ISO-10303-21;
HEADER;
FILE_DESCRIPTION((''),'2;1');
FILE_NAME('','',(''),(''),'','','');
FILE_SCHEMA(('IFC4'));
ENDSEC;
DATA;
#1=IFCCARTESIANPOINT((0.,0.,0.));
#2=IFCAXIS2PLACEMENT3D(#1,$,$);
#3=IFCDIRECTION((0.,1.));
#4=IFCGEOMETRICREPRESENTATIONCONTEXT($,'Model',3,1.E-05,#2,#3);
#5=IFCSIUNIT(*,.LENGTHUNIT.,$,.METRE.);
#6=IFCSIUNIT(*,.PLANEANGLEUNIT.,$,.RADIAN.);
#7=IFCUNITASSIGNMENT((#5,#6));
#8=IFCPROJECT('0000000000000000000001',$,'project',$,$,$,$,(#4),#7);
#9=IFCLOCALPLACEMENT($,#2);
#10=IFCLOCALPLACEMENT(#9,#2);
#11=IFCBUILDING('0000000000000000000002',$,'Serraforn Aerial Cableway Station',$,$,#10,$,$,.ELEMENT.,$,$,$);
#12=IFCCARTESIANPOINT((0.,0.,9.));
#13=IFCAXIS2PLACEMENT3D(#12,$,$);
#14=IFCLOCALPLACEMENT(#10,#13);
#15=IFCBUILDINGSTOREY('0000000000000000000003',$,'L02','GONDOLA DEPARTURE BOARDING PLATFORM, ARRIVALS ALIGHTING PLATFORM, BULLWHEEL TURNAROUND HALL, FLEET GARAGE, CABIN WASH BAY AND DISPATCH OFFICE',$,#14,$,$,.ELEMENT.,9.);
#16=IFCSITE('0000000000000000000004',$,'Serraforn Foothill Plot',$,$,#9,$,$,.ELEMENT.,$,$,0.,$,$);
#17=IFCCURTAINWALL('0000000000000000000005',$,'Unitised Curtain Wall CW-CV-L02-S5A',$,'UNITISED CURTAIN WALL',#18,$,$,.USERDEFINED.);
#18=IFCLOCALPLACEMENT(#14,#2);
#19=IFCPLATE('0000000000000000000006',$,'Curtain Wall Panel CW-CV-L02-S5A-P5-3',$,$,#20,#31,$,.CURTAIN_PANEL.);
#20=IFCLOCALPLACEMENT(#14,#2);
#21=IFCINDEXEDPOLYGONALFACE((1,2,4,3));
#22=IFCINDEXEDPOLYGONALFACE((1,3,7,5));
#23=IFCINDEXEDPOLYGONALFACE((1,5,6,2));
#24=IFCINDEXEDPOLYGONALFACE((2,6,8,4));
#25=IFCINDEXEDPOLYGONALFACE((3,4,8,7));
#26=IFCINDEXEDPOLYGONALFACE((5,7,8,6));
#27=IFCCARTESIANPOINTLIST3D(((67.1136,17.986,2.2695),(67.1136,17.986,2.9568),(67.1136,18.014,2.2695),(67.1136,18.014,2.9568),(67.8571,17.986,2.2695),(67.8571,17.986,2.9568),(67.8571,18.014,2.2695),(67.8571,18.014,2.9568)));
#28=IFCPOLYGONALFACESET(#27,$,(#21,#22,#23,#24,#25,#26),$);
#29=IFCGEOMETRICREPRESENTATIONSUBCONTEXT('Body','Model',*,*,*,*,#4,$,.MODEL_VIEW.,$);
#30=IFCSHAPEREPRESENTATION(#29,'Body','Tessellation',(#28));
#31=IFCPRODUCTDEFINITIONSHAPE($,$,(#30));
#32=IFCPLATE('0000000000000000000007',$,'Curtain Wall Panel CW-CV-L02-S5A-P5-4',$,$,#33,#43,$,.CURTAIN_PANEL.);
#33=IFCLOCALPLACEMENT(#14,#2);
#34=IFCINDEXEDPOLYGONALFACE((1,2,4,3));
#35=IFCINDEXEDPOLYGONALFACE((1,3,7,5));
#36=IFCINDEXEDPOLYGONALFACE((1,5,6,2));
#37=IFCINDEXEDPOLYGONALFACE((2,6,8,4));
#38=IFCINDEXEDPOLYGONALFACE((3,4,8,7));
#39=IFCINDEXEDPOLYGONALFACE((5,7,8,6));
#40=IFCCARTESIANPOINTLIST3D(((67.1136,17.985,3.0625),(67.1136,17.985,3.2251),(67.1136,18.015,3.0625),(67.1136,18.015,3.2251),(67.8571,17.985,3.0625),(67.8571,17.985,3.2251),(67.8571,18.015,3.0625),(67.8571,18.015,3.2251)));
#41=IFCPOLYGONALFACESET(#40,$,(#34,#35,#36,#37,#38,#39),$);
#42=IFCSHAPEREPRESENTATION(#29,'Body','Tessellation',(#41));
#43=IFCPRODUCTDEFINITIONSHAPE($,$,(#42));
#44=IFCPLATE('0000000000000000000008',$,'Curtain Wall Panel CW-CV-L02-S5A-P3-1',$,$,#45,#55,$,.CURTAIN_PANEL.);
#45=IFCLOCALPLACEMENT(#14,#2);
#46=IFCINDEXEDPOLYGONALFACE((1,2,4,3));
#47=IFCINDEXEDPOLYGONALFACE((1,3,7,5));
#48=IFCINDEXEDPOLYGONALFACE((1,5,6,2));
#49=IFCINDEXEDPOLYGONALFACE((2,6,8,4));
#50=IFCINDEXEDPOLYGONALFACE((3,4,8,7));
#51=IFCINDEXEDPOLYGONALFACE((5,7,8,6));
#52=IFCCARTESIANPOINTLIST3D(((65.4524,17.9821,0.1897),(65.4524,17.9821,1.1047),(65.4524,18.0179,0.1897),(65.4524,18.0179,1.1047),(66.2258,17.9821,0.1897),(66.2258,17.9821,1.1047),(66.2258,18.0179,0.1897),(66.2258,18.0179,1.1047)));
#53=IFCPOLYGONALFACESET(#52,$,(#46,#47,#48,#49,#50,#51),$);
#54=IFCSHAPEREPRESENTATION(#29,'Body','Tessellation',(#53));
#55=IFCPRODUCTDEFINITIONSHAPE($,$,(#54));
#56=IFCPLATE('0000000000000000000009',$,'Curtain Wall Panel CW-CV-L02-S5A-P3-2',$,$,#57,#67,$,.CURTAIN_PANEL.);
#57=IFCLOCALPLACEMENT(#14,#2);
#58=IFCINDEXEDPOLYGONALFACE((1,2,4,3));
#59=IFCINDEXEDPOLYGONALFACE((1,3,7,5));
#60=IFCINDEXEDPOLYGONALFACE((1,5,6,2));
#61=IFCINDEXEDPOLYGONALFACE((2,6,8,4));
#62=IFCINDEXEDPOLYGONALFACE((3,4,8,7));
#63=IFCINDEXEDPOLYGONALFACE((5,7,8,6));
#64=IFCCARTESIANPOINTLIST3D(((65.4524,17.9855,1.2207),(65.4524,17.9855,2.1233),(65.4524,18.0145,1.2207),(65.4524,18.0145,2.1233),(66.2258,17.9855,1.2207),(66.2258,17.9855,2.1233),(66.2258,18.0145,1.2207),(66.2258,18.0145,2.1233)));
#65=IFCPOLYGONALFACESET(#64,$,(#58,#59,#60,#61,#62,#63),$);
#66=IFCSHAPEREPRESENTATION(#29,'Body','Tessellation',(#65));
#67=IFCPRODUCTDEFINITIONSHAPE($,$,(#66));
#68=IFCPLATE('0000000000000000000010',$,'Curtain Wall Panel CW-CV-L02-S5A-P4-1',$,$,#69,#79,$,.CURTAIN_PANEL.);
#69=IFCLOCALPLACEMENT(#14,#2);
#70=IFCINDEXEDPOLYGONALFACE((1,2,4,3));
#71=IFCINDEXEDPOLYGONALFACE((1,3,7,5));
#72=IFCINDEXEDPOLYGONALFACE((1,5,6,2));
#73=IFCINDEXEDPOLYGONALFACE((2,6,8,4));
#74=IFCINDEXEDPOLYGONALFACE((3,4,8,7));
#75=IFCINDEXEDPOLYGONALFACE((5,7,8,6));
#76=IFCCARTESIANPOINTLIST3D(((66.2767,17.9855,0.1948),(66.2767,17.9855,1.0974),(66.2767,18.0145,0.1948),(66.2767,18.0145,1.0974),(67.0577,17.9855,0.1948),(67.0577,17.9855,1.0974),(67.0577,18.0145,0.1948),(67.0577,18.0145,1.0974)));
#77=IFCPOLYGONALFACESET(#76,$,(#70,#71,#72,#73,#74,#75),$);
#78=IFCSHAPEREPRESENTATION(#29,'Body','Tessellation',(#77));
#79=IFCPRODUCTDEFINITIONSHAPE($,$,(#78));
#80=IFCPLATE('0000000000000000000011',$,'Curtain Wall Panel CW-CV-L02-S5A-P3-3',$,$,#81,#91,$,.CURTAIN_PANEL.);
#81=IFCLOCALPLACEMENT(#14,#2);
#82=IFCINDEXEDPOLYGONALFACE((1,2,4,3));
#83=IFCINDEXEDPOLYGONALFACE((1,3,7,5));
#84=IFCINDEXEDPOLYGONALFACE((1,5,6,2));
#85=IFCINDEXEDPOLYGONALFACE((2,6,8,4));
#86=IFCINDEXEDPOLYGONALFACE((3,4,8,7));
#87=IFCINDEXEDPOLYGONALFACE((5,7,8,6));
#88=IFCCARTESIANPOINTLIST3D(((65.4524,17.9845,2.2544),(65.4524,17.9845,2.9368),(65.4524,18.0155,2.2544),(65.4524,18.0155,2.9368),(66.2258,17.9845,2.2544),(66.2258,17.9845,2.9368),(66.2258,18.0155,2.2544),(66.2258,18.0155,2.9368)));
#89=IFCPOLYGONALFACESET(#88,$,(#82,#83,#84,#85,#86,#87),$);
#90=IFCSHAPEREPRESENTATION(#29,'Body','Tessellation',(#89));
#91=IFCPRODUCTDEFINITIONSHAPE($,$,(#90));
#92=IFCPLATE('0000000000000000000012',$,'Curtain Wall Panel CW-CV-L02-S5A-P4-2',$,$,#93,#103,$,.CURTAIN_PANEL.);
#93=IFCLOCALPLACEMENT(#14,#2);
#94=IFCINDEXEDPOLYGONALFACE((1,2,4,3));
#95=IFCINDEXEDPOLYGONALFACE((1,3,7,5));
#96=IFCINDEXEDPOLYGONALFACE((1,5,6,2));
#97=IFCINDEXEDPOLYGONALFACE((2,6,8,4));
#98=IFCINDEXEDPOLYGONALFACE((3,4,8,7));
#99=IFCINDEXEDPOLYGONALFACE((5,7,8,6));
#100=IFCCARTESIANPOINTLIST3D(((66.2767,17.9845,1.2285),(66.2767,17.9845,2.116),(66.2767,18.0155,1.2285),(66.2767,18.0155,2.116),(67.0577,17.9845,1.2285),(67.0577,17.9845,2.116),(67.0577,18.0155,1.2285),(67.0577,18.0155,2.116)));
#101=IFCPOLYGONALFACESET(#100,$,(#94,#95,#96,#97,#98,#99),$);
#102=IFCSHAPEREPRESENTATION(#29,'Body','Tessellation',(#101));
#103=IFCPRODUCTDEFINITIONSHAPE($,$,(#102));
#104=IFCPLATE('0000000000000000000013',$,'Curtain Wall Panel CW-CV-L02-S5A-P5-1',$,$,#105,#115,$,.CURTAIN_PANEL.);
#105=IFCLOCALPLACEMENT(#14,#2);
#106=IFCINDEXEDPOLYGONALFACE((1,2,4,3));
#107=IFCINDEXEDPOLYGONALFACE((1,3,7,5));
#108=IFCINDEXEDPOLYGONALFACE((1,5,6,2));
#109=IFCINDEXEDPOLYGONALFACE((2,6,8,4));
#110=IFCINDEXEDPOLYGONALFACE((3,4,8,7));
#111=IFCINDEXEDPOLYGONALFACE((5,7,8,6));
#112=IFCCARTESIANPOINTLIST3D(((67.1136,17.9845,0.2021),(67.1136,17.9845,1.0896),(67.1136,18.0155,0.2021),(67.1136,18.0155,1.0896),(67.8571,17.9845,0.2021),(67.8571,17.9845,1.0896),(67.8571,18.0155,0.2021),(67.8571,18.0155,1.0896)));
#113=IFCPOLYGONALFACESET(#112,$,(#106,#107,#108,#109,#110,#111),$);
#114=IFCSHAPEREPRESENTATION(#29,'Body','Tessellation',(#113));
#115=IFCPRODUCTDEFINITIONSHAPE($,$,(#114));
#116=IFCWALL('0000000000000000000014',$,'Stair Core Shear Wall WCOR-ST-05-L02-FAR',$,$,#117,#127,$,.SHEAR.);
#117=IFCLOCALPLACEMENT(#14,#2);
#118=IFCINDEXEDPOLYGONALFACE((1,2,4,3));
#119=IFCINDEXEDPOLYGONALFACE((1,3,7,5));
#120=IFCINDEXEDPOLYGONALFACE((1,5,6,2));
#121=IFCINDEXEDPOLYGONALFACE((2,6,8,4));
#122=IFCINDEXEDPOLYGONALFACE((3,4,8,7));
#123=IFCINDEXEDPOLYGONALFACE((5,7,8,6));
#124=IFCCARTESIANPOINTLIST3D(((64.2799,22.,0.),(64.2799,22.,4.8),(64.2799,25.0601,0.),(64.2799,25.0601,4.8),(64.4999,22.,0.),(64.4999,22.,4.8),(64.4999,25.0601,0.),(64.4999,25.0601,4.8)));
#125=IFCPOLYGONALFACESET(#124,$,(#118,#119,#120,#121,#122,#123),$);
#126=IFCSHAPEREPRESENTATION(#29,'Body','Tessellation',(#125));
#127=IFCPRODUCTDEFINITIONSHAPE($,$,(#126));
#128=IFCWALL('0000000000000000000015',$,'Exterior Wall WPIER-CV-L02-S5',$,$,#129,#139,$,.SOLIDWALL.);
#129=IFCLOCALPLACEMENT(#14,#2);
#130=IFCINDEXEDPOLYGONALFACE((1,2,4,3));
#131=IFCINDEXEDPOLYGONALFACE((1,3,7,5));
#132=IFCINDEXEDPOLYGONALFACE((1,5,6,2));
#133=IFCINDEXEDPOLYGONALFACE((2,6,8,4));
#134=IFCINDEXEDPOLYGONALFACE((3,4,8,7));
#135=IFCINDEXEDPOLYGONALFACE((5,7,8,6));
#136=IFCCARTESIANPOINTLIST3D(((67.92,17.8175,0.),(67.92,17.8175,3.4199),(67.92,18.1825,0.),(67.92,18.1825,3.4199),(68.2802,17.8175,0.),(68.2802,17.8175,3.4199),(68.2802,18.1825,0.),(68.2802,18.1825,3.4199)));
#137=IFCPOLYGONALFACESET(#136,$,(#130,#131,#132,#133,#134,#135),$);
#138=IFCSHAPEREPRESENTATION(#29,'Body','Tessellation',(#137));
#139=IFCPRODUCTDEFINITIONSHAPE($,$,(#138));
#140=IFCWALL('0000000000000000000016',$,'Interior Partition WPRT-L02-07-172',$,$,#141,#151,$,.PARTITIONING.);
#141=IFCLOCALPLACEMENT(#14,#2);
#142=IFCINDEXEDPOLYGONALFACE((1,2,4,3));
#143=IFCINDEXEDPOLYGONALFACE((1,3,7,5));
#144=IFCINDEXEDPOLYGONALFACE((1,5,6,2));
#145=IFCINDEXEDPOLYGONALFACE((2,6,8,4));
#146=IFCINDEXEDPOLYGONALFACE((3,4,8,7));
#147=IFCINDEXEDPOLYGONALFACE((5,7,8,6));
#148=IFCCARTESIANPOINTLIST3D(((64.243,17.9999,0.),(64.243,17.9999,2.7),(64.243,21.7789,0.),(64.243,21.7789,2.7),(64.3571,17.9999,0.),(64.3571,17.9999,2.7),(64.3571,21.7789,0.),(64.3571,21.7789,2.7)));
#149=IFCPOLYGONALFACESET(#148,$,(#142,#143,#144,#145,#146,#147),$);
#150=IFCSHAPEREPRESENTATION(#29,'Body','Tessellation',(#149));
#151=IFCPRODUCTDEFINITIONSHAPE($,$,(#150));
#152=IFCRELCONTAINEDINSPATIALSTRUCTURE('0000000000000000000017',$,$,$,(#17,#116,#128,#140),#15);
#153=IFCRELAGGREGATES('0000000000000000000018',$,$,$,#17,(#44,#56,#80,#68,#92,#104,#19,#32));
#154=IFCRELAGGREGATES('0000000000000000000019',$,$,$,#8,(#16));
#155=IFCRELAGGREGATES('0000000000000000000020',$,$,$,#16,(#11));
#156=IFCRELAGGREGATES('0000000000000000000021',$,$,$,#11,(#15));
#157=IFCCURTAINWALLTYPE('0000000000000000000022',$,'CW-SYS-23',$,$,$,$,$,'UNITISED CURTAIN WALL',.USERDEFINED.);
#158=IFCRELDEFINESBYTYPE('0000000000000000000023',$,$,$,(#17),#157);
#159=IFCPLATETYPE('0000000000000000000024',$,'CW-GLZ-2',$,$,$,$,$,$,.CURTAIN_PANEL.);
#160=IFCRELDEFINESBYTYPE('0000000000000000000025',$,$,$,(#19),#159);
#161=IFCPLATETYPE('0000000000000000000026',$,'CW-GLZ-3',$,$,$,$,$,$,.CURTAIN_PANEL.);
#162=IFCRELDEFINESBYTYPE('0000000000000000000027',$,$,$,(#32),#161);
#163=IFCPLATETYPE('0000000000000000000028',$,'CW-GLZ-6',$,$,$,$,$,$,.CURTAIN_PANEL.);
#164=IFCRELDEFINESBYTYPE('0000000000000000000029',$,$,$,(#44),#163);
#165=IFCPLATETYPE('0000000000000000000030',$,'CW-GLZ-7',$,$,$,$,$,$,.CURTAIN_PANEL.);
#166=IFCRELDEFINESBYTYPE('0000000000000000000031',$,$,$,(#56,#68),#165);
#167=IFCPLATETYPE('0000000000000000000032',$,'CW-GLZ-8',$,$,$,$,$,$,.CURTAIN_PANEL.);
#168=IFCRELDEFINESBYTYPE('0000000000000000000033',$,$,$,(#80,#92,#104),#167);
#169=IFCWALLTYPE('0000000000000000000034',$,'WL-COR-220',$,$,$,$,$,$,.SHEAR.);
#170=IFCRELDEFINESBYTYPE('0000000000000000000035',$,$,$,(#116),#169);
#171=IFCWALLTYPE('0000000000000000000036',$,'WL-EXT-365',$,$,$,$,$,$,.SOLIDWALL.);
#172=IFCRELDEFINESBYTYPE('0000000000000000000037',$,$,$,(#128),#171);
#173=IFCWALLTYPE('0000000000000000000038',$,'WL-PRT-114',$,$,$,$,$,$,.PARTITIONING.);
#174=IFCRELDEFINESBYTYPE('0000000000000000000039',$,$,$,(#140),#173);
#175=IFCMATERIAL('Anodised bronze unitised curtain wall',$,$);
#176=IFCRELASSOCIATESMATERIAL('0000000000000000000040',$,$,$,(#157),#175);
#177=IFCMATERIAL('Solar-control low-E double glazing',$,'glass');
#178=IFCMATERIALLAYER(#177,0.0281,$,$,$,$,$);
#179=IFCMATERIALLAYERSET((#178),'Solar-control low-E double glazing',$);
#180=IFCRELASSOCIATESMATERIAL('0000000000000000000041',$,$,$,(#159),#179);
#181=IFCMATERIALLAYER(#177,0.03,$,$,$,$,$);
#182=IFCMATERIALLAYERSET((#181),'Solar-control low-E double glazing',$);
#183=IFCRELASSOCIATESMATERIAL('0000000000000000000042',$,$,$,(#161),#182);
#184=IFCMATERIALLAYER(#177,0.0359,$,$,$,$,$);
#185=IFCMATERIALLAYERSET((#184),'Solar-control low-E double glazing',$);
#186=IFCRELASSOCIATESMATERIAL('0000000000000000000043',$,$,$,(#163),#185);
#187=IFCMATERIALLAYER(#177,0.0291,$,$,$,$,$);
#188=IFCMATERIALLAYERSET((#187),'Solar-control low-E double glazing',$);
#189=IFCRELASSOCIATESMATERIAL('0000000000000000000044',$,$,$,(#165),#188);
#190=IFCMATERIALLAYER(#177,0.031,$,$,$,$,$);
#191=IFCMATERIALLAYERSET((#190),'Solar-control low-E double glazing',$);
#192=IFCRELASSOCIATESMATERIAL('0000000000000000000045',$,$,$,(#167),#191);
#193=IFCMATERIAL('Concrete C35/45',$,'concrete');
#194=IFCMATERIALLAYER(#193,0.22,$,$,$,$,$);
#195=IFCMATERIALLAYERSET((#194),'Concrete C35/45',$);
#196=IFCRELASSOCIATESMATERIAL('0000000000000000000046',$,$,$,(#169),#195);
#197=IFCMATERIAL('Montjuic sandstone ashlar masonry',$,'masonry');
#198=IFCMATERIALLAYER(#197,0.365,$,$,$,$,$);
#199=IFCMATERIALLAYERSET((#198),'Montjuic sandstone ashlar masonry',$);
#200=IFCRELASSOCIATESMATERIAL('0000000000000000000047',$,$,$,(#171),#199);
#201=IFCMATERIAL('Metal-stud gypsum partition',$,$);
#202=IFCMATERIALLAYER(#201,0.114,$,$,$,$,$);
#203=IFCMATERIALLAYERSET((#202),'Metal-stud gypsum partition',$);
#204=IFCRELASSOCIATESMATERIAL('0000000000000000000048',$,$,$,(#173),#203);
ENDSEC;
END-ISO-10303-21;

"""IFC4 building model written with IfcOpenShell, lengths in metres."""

from ifc_helpers import new_model, si_unit, direction, frame, frame_2d, origin, origin_2d, place, context, subcontext, project, spatial, rectangle, extrude, material, layer, layer_set, type_object, element, aggregate, save


model = new_model("IFC4")

# Units and contexts
model_context = context("Model", 3, precision=1e-05, world=origin(), true_north=direction((0.0, 1.0)))
body_context = subcontext(model_context, "Body", "Model", "MODEL_VIEW")
ifc_project = project(units=[si_unit("LENGTHUNIT", "METRE"), si_unit("PLANEANGLEUNIT", "RADIAN")], contexts=[model_context])

# Site, building, storey
site_placement = place(None, origin())
site = spatial("IfcSite", under=ifc_project, at=site_placement, Name="Serraforn Foothill Plot", CompositionType="ELEMENT", RefElevation=0.0)
building_placement = place(site_placement, origin())
building = spatial("IfcBuilding", under=site, at=building_placement, Name="Serraforn Aerial Cableway Station", CompositionType="ELEMENT")
storey_placement = place(building_placement, frame((0.0, 0.0, 9.0)))
storey = spatial("IfcBuildingStorey", under=building, at=storey_placement, Name="L02", Description="GONDOLA DEPARTURE BOARDING PLATFORM, ARRIVALS ALIGHTING PLATFORM, BULLWHEEL TURNAROUND HALL, FLEET GARAGE, CABIN WASH BAY AND DISPATCH OFFICE", CompositionType="ELEMENT", Elevation=9.0)

# Shared definitions
ifc_material_1 = material(Name="Concrete C35/45", Category="concrete")

# Curtain wall
ifc_material_2 = material(Name="Anodised bronze unitised curtain wall")
curtain_wall_type_1 = type_object("IfcCurtainWallType", Name="CW-SYS-23", ElementType="UNITISED CURTAIN WALL", PredefinedType="USERDEFINED", material=ifc_material_2)
curtain_wall_1_placement = place(storey_placement, origin())
curtain_wall_1 = element("IfcCurtainWall", 1, at=curtain_wall_1_placement, inside=storey, type_object=curtain_wall_type_1, Name="Unitised Curtain Wall CW-CV-L02-S5A", ObjectType="UNITISED CURTAIN WALL", PredefinedType="USERDEFINED")

# Plates
ifc_material_3 = material(Name="Solar-control low-E double glazing", Category="glass")
ifc_layer_1 = layer(ifc_material_3, 0.0281)
ifc_layer_set_1 = layer_set([ifc_layer_1], Name="Solar-control low-E double glazing")
plate_type_1 = type_object("IfcPlateType", Name="CW-GLZ-2", PredefinedType="CURTAIN_PANEL", material=ifc_layer_set_1)
plate_1_placement = place(storey_placement, frame((67.4854, 18.0, 2.2695), z_axis=(0.0, 0.0, 1.0), x_axis=(1.0, 0.0, 0.0)))
plate_1 = element("IfcPlate", 2, at=plate_1_placement, type_object=plate_type_1, Name="Curtain Wall Panel CW-CV-L02-S5A-P5-3", PredefinedType="CURTAIN_PANEL", context=body_context, shape_type="SweptSolid", body=[
    extrude(rectangle(XDim=0.7434, YDim=0.0281, at=origin_2d()), origin(), (0.0, 0.0, 1.0), 0.6873),
])
ifc_layer_2 = layer(ifc_material_3, 0.03)
ifc_layer_set_2 = layer_set([ifc_layer_2], Name="Solar-control low-E double glazing")
plate_type_2 = type_object("IfcPlateType", Name="CW-GLZ-3", PredefinedType="CURTAIN_PANEL", material=ifc_layer_set_2)
plate_2_placement = place(storey_placement, frame((67.4854, 18.0, 3.0625), z_axis=(0.0, 0.0, 1.0), x_axis=(1.0, 0.0, 0.0)))
plate_2 = element("IfcPlate", 3, at=plate_2_placement, type_object=plate_type_2, Name="Curtain Wall Panel CW-CV-L02-S5A-P5-4", PredefinedType="CURTAIN_PANEL", context=body_context, shape_type="SweptSolid", body=[
    extrude(rectangle(XDim=0.7434, YDim=0.03, at=origin_2d()), origin(), (0.0, 0.0, 1.0), 0.1626),
])
ifc_layer_3 = layer(ifc_material_3, 0.0359)
ifc_layer_set_3 = layer_set([ifc_layer_3], Name="Solar-control low-E double glazing")
plate_type_3 = type_object("IfcPlateType", Name="CW-GLZ-6", PredefinedType="CURTAIN_PANEL", material=ifc_layer_set_3)
plate_3_placement = place(storey_placement, frame((65.8391, 18.0, 0.1897), z_axis=(0.0, 0.0, 1.0), x_axis=(1.0, 0.0, 0.0)))
plate_3 = element("IfcPlate", 4, at=plate_3_placement, type_object=plate_type_3, Name="Curtain Wall Panel CW-CV-L02-S5A-P3-1", PredefinedType="CURTAIN_PANEL", context=body_context, shape_type="SweptSolid", body=[
    extrude(rectangle(XDim=0.7734, YDim=0.0359, at=origin_2d()), origin(), (0.0, 0.0, 1.0), 0.915),
])
ifc_layer_4 = layer(ifc_material_3, 0.0291)
ifc_layer_set_4 = layer_set([ifc_layer_4], Name="Solar-control low-E double glazing")
plate_type_4 = type_object("IfcPlateType", Name="CW-GLZ-7", PredefinedType="CURTAIN_PANEL", material=ifc_layer_set_4)
plate_4_placement = place(storey_placement, frame((65.8391, 18.0, 1.2207), z_axis=(0.0, 0.0, 1.0), x_axis=(1.0, 0.0, 0.0)))
plate_4 = element("IfcPlate", 5, at=plate_4_placement, type_object=plate_type_4, Name="Curtain Wall Panel CW-CV-L02-S5A-P3-2", PredefinedType="CURTAIN_PANEL", context=body_context, shape_type="SweptSolid", body=[
    extrude(rectangle(XDim=0.7734, YDim=0.0291, at=origin_2d()), origin(), (0.0, 0.0, 1.0), 0.9026),
])
plate_5_placement = place(storey_placement, frame((66.6672, 18.0, 0.1948), z_axis=(0.0, 0.0, 1.0), x_axis=(1.0, 0.0, 0.0)))
plate_5 = element("IfcPlate", 6, at=plate_5_placement, type_object=plate_type_4, Name="Curtain Wall Panel CW-CV-L02-S5A-P4-1", PredefinedType="CURTAIN_PANEL", context=body_context, shape_type="SweptSolid", body=[
    extrude(rectangle(XDim=0.781, YDim=0.0291, at=origin_2d()), origin(), (0.0, 0.0, 1.0), 0.9026),
])
ifc_layer_5 = layer(ifc_material_3, 0.031)
ifc_layer_set_5 = layer_set([ifc_layer_5], Name="Solar-control low-E double glazing")
plate_type_5 = type_object("IfcPlateType", Name="CW-GLZ-8", PredefinedType="CURTAIN_PANEL", material=ifc_layer_set_5)
plate_6_placement = place(storey_placement, frame((65.8391, 18.0, 2.2544), z_axis=(0.0, 0.0, 1.0), x_axis=(1.0, 0.0, 0.0)))
plate_6 = element("IfcPlate", 7, at=plate_6_placement, type_object=plate_type_5, Name="Curtain Wall Panel CW-CV-L02-S5A-P3-3", PredefinedType="CURTAIN_PANEL", context=body_context, shape_type="SweptSolid", body=[
    extrude(rectangle(XDim=0.7734, YDim=0.031, at=origin_2d()), origin(), (0.0, 0.0, 1.0), 0.6824),
])
plate_7_placement = place(storey_placement, frame((66.6672, 18.0, 1.2285), z_axis=(0.0, 0.0, 1.0), x_axis=(1.0, 0.0, 0.0)))
plate_7 = element("IfcPlate", 8, at=plate_7_placement, type_object=plate_type_5, Name="Curtain Wall Panel CW-CV-L02-S5A-P4-2", PredefinedType="CURTAIN_PANEL", context=body_context, shape_type="SweptSolid", body=[
    extrude(rectangle(XDim=0.781, YDim=0.031, at=origin_2d()), origin(), (0.0, 0.0, 1.0), 0.8875),
])
plate_8_placement = place(storey_placement, frame((67.4854, 18.0, 0.2021), z_axis=(0.0, 0.0, 1.0), x_axis=(1.0, 0.0, 0.0)))
plate_8 = element("IfcPlate", 9, at=plate_8_placement, type_object=plate_type_5, Name="Curtain Wall Panel CW-CV-L02-S5A-P5-1", PredefinedType="CURTAIN_PANEL", context=body_context, shape_type="SweptSolid", body=[
    extrude(rectangle(XDim=0.7434, YDim=0.031, at=origin_2d()), origin(), (0.0, 0.0, 1.0), 0.8875),
])
aggregate(curtain_wall_1, [plate_3, plate_4, plate_6, plate_5, plate_7, plate_8, plate_1, plate_2])

# Walls
ifc_layer_6 = layer(ifc_material_1, 0.22)
ifc_layer_set_6 = layer_set([ifc_layer_6], Name="Concrete C35/45")
wall_type_1 = type_object("IfcWallType", Name="WL-COR-220", PredefinedType="SHEAR", material=ifc_layer_set_6)
wall_1_placement = place(storey_placement, frame((64.3899, 25.0601, 0.0), z_axis=(0.0, 0.0, 1.0), x_axis=(0.0, -1.0, 0.0)))
element("IfcWall", 10, at=wall_1_placement, inside=storey, type_object=wall_type_1, Name="Stair Core Shear Wall WCOR-ST-05-L02-FAR", PredefinedType="SHEAR", context=body_context, shape_type="SweptSolid", body=[
    extrude(rectangle(XDim=3.0601, YDim=0.22, at=frame_2d((1.53, 0.0))), origin(), (0.0, 0.0, 1.0), 4.8),
])
ifc_material_4 = material(Name="Montjuic sandstone ashlar masonry", Category="masonry")
ifc_layer_7 = layer(ifc_material_4, 0.365)
ifc_layer_set_7 = layer_set([ifc_layer_7], Name="Montjuic sandstone ashlar masonry")
wall_type_2 = type_object("IfcWallType", Name="WL-EXT-365", PredefinedType="SOLIDWALL", material=ifc_layer_set_7)
wall_2_placement = place(storey_placement, frame((67.9199, 18.0, 0.0), z_axis=(0.0, 0.0, 1.0), x_axis=(1.0, 0.0, 0.0)))
element("IfcWall", 11, at=wall_2_placement, inside=storey, type_object=wall_type_2, Name="Exterior Wall WPIER-CV-L02-S5", PredefinedType="SOLIDWALL", context=body_context, shape_type="SweptSolid", body=[
    extrude(rectangle(XDim=0.3601, YDim=0.365, at=frame_2d((0.1802, 0.0))), origin(), (0.0, 0.0, 1.0), 3.4199),
])
ifc_material_5 = material(Name="Metal-stud gypsum partition")
ifc_layer_8 = layer(ifc_material_5, 0.114)
ifc_layer_set_8 = layer_set([ifc_layer_8], Name="Metal-stud gypsum partition")
wall_type_3 = type_object("IfcWallType", Name="WL-PRT-114", PredefinedType="PARTITIONING", material=ifc_layer_set_8)
wall_3_placement = place(storey_placement, frame((64.3, 21.7791, 0.0), z_axis=(0.0, 0.0, 1.0), x_axis=(0.0, -1.0, 0.0)))
element("IfcWall", 12, at=wall_3_placement, inside=storey, type_object=wall_type_3, Name="Interior Partition WPRT-L02-07-172", PredefinedType="PARTITIONING", context=body_context, shape_type="SweptSolid", body=[
    extrude(rectangle(XDim=3.7791, YDim=0.114, at=frame_2d((1.8896, 0.0))), origin(), (0.0, 0.0, 1.0), 2.7),
])

save(model, "model.ifc")
